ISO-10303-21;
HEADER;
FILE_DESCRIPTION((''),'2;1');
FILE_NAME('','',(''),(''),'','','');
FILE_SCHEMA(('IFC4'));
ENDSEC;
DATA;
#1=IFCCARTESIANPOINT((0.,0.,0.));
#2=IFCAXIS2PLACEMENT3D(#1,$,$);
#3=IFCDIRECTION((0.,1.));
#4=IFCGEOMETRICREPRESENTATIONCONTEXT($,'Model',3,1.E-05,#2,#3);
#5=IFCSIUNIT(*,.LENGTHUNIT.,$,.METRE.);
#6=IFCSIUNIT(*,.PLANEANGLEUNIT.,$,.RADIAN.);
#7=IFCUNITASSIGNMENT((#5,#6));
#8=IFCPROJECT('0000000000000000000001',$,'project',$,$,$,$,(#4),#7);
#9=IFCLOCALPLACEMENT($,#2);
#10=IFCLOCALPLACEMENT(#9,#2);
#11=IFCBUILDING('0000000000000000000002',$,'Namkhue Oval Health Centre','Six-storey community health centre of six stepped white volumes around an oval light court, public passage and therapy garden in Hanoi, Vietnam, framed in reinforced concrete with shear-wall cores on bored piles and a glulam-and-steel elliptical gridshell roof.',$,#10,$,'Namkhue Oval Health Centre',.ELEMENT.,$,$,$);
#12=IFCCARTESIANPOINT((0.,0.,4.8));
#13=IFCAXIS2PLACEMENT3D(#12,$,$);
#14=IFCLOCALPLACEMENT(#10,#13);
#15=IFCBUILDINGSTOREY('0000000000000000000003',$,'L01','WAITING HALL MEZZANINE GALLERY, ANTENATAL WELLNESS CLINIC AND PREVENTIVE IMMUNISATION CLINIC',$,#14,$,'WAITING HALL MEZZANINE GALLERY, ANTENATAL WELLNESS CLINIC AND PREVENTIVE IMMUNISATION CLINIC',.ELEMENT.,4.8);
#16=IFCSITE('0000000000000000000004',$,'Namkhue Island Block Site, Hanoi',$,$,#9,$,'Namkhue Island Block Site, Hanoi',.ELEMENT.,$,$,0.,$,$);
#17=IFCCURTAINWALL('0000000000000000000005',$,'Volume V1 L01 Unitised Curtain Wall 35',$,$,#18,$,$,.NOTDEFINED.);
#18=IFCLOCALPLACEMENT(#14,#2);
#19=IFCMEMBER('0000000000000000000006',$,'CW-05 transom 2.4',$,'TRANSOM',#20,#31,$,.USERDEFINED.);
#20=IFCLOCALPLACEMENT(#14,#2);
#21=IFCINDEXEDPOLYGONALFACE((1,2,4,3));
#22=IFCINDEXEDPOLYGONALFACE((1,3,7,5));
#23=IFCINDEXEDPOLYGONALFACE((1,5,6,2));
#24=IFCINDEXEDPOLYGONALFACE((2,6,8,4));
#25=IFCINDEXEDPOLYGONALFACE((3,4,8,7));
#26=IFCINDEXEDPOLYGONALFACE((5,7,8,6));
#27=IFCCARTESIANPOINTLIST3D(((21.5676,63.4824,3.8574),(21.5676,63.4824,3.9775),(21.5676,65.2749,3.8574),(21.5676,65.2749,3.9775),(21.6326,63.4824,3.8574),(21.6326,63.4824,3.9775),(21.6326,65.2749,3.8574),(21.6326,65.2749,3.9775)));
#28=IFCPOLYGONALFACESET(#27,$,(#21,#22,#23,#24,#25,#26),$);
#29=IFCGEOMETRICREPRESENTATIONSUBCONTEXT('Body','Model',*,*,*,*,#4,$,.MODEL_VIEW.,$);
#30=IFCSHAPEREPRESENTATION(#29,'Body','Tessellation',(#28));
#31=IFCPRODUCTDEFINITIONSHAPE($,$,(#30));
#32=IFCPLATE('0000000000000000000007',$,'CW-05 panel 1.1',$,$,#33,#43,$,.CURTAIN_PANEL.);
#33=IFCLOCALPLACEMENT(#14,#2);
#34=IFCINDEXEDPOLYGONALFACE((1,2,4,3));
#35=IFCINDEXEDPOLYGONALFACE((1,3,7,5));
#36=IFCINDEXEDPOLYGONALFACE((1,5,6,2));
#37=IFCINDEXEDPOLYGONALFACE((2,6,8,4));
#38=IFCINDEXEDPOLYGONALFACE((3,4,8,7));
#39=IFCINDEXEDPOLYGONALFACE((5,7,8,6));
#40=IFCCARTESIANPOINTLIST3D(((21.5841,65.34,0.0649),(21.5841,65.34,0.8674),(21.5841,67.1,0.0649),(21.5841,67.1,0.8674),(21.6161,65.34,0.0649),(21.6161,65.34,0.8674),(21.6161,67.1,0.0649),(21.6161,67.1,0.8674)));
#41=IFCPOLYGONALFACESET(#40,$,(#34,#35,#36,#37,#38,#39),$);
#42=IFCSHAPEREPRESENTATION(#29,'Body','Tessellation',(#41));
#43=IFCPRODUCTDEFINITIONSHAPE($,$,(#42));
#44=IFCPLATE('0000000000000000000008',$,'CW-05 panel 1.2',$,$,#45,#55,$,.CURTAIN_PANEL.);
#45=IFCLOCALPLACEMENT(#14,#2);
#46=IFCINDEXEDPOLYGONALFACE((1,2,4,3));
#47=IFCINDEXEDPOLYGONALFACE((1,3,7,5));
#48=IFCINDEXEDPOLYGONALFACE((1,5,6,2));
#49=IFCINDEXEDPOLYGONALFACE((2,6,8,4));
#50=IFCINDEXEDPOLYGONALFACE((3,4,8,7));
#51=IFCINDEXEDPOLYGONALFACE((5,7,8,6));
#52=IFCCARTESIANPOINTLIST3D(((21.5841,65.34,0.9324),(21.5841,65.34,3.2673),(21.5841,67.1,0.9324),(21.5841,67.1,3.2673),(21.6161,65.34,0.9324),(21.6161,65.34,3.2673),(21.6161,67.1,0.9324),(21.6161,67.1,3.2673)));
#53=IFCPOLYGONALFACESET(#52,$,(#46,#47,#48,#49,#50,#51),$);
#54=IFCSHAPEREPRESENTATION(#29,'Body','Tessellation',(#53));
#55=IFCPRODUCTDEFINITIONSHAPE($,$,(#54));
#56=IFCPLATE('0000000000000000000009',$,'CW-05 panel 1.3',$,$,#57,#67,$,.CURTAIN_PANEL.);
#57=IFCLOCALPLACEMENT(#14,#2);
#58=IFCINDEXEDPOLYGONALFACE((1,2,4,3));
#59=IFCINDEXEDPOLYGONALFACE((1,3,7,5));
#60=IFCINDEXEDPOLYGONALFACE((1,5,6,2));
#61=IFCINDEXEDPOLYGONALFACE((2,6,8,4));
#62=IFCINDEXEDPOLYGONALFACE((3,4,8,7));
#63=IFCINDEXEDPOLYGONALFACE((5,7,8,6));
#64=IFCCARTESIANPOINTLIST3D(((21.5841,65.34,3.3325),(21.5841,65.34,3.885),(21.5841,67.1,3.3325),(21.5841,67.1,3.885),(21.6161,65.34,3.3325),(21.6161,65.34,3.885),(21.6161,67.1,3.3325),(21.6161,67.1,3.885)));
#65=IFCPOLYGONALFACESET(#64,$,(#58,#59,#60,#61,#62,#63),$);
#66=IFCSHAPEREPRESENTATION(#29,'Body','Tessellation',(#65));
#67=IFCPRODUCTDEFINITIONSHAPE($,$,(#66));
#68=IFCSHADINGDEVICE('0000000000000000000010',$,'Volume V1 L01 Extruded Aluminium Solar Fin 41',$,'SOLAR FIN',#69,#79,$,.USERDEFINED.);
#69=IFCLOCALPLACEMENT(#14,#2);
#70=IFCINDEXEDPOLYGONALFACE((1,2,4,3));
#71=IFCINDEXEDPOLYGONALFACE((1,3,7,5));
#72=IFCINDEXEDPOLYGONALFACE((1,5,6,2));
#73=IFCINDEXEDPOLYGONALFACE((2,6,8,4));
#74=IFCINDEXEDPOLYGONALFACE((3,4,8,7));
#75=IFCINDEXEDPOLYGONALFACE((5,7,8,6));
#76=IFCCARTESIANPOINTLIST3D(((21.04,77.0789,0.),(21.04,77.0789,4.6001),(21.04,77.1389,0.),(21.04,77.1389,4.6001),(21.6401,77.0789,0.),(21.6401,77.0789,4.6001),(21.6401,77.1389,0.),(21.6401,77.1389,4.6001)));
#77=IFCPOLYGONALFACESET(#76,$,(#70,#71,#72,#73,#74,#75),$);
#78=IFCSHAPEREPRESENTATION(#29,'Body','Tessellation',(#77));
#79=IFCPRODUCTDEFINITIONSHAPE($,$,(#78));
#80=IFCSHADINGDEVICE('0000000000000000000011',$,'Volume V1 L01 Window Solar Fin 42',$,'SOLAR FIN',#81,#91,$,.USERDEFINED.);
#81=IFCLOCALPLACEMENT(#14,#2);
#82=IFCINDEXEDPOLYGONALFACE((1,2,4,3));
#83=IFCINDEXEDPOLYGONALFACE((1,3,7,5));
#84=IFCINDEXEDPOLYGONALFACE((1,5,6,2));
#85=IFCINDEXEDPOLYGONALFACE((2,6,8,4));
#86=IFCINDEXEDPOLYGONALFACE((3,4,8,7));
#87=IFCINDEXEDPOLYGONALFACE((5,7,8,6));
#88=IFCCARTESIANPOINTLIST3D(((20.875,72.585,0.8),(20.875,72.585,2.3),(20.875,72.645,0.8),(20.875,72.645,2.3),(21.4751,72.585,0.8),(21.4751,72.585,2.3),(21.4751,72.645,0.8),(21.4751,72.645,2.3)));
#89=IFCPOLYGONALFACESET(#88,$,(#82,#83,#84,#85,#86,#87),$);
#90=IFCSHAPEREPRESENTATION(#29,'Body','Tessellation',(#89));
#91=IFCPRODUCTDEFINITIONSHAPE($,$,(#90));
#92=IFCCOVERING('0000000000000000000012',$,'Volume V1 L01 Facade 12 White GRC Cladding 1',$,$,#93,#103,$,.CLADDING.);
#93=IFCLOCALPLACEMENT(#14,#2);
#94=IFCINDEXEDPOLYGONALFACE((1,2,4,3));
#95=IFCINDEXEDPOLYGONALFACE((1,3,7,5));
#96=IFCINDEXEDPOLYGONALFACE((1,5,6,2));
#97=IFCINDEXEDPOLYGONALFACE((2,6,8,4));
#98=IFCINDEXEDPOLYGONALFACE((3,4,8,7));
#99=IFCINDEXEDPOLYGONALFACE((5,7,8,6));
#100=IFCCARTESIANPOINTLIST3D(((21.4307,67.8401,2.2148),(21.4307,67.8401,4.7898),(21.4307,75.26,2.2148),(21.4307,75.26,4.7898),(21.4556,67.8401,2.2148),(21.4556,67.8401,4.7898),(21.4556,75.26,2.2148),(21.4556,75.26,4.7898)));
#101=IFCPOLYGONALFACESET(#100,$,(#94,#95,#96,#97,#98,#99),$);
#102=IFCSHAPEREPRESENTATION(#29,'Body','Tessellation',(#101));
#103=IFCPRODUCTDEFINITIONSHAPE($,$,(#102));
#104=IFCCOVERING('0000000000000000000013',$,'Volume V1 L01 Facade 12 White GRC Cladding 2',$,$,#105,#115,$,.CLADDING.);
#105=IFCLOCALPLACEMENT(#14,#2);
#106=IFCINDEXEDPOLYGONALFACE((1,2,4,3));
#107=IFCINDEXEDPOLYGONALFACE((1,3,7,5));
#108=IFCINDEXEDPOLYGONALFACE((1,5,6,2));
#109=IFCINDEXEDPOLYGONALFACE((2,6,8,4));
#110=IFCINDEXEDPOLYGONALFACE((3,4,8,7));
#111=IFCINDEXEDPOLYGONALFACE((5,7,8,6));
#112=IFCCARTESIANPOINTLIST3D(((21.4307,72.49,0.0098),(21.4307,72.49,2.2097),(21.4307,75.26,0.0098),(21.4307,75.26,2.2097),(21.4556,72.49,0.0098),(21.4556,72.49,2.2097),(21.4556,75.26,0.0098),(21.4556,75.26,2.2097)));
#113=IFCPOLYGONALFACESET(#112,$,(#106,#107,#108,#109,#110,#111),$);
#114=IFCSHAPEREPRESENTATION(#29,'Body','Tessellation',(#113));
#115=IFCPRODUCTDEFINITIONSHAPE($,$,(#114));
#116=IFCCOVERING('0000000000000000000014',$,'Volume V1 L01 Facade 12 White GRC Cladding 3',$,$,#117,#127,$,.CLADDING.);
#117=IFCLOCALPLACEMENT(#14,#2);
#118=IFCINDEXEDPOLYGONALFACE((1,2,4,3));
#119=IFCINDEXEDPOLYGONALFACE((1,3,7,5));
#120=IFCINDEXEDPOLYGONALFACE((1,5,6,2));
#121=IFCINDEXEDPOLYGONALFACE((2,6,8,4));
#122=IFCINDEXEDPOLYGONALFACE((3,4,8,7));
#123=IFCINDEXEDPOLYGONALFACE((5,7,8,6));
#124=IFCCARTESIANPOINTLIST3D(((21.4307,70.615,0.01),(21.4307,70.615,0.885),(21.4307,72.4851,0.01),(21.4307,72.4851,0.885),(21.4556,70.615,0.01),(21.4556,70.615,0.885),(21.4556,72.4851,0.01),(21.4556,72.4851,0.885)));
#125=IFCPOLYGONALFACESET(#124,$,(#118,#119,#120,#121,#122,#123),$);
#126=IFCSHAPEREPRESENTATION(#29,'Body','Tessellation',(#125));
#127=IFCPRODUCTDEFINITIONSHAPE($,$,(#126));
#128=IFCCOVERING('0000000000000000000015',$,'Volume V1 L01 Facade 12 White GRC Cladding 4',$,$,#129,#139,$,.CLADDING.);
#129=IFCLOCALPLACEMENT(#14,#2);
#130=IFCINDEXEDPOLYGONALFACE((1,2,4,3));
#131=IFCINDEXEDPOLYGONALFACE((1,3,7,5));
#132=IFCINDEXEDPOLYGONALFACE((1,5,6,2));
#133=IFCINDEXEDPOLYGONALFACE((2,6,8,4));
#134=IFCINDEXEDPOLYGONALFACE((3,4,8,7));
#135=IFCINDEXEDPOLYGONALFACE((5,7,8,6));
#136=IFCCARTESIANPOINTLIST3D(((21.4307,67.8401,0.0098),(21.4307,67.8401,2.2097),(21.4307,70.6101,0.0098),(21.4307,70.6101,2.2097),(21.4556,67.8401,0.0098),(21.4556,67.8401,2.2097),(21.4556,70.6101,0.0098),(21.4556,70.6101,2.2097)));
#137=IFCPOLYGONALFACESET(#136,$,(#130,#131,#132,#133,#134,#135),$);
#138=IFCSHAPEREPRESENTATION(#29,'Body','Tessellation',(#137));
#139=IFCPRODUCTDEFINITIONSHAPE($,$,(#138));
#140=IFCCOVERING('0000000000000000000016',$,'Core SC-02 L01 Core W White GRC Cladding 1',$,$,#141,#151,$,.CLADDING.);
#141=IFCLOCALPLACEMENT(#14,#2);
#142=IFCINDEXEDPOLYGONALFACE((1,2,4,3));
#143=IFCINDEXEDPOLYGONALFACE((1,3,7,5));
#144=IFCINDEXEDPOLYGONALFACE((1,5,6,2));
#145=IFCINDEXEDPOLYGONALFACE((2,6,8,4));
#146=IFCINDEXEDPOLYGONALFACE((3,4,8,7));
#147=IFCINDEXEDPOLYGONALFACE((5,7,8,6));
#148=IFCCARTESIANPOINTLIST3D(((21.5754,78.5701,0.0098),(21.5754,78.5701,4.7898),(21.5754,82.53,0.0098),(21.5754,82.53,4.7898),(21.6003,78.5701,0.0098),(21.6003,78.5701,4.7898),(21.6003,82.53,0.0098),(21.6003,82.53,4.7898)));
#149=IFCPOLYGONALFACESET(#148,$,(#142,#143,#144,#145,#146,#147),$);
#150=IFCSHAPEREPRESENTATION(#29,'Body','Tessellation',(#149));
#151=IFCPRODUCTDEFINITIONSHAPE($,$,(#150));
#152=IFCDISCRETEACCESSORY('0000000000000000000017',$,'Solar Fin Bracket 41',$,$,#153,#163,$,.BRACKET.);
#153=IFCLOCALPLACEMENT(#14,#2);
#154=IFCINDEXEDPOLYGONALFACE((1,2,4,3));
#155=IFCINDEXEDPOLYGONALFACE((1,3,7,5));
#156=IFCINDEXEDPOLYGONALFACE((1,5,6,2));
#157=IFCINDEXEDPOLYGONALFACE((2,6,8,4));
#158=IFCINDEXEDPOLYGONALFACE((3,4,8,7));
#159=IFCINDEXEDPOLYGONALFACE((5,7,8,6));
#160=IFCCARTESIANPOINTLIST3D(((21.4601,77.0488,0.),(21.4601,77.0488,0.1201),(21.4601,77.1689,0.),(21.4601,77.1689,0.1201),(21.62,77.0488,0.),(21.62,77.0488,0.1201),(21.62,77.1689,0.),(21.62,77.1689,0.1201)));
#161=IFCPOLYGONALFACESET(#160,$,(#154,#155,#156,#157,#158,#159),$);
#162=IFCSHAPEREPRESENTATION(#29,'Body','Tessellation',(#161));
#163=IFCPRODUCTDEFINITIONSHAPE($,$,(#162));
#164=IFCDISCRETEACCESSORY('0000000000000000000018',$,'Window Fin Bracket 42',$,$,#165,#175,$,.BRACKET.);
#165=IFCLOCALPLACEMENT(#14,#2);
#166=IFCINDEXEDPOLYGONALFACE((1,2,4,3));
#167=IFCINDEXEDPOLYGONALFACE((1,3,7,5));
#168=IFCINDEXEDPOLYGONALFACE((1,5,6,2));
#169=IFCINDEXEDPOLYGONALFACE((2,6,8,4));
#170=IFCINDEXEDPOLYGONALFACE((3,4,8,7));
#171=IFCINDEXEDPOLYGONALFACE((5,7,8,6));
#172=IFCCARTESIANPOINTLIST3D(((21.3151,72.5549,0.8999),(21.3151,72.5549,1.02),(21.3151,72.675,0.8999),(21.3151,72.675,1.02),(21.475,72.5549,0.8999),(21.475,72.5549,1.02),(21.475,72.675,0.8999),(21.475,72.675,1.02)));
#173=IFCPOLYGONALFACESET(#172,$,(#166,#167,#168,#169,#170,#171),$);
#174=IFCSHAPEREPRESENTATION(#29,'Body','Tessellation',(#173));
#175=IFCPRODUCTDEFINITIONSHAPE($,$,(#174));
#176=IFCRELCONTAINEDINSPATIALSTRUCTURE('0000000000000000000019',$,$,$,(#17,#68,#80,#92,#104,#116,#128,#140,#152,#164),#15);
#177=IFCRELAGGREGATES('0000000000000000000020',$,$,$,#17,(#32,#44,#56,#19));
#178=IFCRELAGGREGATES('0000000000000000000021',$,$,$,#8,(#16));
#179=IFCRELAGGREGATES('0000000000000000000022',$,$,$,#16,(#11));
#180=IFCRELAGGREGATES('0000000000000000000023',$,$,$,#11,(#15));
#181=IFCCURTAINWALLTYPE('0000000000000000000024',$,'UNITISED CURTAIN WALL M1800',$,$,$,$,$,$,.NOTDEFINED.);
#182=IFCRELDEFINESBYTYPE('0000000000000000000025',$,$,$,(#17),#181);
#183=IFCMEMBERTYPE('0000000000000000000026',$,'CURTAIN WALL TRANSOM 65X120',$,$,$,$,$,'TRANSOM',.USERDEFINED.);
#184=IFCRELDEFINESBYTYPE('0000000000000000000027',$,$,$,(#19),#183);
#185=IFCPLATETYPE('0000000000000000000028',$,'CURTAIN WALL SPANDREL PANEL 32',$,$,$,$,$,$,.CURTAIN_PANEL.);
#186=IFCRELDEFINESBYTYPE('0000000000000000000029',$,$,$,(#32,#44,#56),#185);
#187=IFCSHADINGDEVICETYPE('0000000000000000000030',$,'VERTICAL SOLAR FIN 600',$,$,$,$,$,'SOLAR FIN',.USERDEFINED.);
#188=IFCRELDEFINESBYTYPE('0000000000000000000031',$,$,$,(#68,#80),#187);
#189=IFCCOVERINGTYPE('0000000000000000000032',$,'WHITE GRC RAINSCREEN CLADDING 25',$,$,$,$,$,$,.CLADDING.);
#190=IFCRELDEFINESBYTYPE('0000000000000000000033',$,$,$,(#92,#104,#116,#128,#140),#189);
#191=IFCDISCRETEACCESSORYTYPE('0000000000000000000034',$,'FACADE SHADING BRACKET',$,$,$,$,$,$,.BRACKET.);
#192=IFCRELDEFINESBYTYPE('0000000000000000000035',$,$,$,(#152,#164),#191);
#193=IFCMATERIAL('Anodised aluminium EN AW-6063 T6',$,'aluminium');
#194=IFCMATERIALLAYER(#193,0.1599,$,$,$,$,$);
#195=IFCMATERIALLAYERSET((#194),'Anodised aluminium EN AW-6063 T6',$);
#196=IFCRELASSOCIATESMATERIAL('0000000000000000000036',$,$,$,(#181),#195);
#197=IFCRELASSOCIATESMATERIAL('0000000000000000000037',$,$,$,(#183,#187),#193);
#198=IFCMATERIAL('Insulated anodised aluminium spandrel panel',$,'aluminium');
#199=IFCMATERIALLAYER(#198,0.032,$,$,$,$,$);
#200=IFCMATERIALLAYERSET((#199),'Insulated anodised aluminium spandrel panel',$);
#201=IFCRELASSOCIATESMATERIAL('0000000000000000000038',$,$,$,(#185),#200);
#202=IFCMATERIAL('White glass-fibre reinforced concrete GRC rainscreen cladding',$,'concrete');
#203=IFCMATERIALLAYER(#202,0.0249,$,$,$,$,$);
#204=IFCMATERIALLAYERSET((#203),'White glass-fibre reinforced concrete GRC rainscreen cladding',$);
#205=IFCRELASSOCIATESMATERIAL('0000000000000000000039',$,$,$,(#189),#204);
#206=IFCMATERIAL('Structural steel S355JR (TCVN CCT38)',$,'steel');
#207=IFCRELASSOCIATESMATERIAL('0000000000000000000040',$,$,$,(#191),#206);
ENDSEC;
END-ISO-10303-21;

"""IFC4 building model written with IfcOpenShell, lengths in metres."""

from ifc_helpers import new_model, si_unit, direction, frame, origin, origin_2d, place, context, subcontext, project, spatial, rectangle, extrude, material, layer, layer_set, material_profile, profile_set, type_object, element, aggregate, save


model = new_model("IFC4")

# Units and contexts
model_context = context("Model", 3, precision=1e-05, world=origin(), true_north=direction((0.0, 1.0)))
body_context = subcontext(model_context, "Body", "Model", "MODEL_VIEW")
ifc_project = project(units=[si_unit("LENGTHUNIT", "METRE"), si_unit("PLANEANGLEUNIT", "RADIAN")], contexts=[model_context])

# Site, building, storey
site_placement = place(None, origin())
site = spatial("IfcSite", under=ifc_project, at=site_placement, Name="Namkhue Island Block Site, Hanoi", LongName="Namkhue Island Block Site, Hanoi", CompositionType="ELEMENT", RefElevation=0.0)
building_placement = place(site_placement, origin())
building = spatial("IfcBuilding", under=site, at=building_placement, Name="Namkhue Oval Health Centre", Description="Six-storey community health centre of six stepped white volumes around an oval light court, public passage and therapy garden in Hanoi, Vietnam, framed in reinforced concrete with shear-wall cores on bored piles and a glulam-and-steel elliptical gridshell roof.", LongName="Namkhue Oval Health Centre", CompositionType="ELEMENT")
storey_placement = place(building_placement, frame((0.0, 0.0, 4.8)))
storey = spatial("IfcBuildingStorey", under=building, at=storey_placement, Name="L01", Description="WAITING HALL MEZZANINE GALLERY, ANTENATAL WELLNESS CLINIC AND PREVENTIVE IMMUNISATION CLINIC", LongName="WAITING HALL MEZZANINE GALLERY, ANTENATAL WELLNESS CLINIC AND PREVENTIVE IMMUNISATION CLINIC", CompositionType="ELEMENT", Elevation=4.8)

# Curtain wall, member, plates
ifc_material_1 = material(Name="Anodised aluminium EN AW-6063 T6", Category="aluminium")
ifc_layer_1 = layer(ifc_material_1, 0.1599)
ifc_layer_set_1 = layer_set([ifc_layer_1], Name="Anodised aluminium EN AW-6063 T6")
curtain_wall_type = type_object("IfcCurtainWallType", Name="UNITISED CURTAIN WALL M1800", PredefinedType="NOTDEFINED", material=ifc_layer_set_1)
curtain_wall_placement = place(storey_placement, origin())
curtain_wall = element("IfcCurtainWall", 1, at=curtain_wall_placement, inside=storey, type_object=curtain_wall_type, Name="Volume V1 L01 Unitised Curtain Wall 35", PredefinedType="NOTDEFINED")
ifc_material_profile_1 = material_profile(ifc_material_1, rectangle(XDim=0.0649, YDim=0.1201, at=origin_2d()), Name="ALU 65x120")
ifc_profile_set_1 = profile_set([ifc_material_profile_1], Name="Anodised aluminium EN AW-6063 T6")
member_type_1 = type_object("IfcMemberType", Name="CURTAIN WALL TRANSOM 65X120", ElementType="TRANSOM", PredefinedType="USERDEFINED", material=ifc_profile_set_1)
member_1_placement = place(storey_placement, frame((21.6001, 65.2749, 3.9175), z_axis=(0.0, -1.0, 0.0), x_axis=(1.0, 0.0, 0.0)))
member_1 = element("IfcMember", 2, at=member_1_placement, type_object=member_type_1, Name="CW-05 transom 2.4", ObjectType="TRANSOM", PredefinedType="USERDEFINED", context=body_context, shape_type="SweptSolid", body=[
    extrude(rectangle(XDim=0.0649, YDim=0.1201, at=origin_2d()), origin(), (0.0, 0.0, 1.0), 1.7925),
])
ifc_material_2 = material(Name="Insulated anodised aluminium spandrel panel", Category="aluminium")
ifc_layer_2 = layer(ifc_material_2, 0.032)
ifc_layer_set_2 = layer_set([ifc_layer_2], Name="Insulated anodised aluminium spandrel panel")
plate_type = type_object("IfcPlateType", Name="CURTAIN WALL SPANDREL PANEL 32", PredefinedType="CURTAIN_PANEL", material=ifc_layer_set_2)
plate_1_placement = place(storey_placement, frame((21.6001, 66.22, 0.0649), z_axis=(0.0, 0.0, 1.0), x_axis=(0.0, -1.0, 0.0)))
plate_1 = element("IfcPlate", 3, at=plate_1_placement, type_object=plate_type, Name="CW-05 panel 1.1", PredefinedType="CURTAIN_PANEL", context=body_context, shape_type="SweptSolid", body=[
    extrude(rectangle(XDim=1.76, YDim=0.032, at=origin_2d()), origin(), (0.0, 0.0, 1.0), 0.8025),
])
plate_2_placement = place(storey_placement, frame((21.6001, 66.22, 0.9324), z_axis=(0.0, 0.0, 1.0), x_axis=(0.0, -1.0, 0.0)))
plate_2 = element("IfcPlate", 4, at=plate_2_placement, type_object=plate_type, Name="CW-05 panel 1.2", PredefinedType="CURTAIN_PANEL", context=body_context, shape_type="SweptSolid", body=[
    extrude(rectangle(XDim=1.76, YDim=0.032, at=origin_2d()), origin(), (0.0, 0.0, 1.0), 2.335),
])
plate_3_placement = place(storey_placement, frame((21.6001, 66.22, 3.3325), z_axis=(0.0, 0.0, 1.0), x_axis=(0.0, -1.0, 0.0)))
plate_3 = element("IfcPlate", 5, at=plate_3_placement, type_object=plate_type, Name="CW-05 panel 1.3", PredefinedType="CURTAIN_PANEL", context=body_context, shape_type="SweptSolid", body=[
    extrude(rectangle(XDim=1.76, YDim=0.032, at=origin_2d()), origin(), (0.0, 0.0, 1.0), 0.5525),
])
aggregate(curtain_wall, [plate_1, plate_2, plate_3, member_1])

# Shading devices
shading_device_type = type_object("IfcShadingDeviceType", Name="VERTICAL SOLAR FIN 600", ElementType="SOLAR FIN", PredefinedType="USERDEFINED", material=ifc_material_1)
shading_device_1_placement = place(storey_placement, frame((21.3401, 77.1089, 0.0), z_axis=(0.0, 0.0, 1.0), x_axis=(-1.0, 0.0, 0.0)))
element("IfcShadingDevice", 6, at=shading_device_1_placement, inside=storey, type_object=shading_device_type, Name="Volume V1 L01 Extruded Aluminium Solar Fin 41", ObjectType="SOLAR FIN", PredefinedType="USERDEFINED", context=body_context, shape_type="SweptSolid", body=[
    extrude(rectangle(XDim=0.6001, YDim=0.0601, at=origin_2d()), origin(), (0.0, 0.0, 1.0), 4.6001),
])
shading_device_2_placement = place(storey_placement, frame((21.175, 72.615, 0.8), z_axis=(0.0, 0.0, 1.0), x_axis=(-1.0, 0.0, 0.0)))
element("IfcShadingDevice", 7, at=shading_device_2_placement, inside=storey, type_object=shading_device_type, Name="Volume V1 L01 Window Solar Fin 42", ObjectType="SOLAR FIN", PredefinedType="USERDEFINED", context=body_context, shape_type="SweptSolid", body=[
    extrude(rectangle(XDim=0.6001, YDim=0.0601, at=origin_2d()), origin(), (0.0, 0.0, 1.0), 1.5),
])

# Coverings
ifc_material_3 = material(Name="White glass-fibre reinforced concrete GRC rainscreen cladding", Category="concrete")
ifc_layer_3 = layer(ifc_material_3, 0.0249)
ifc_layer_set_3 = layer_set([ifc_layer_3], Name="White glass-fibre reinforced concrete GRC rainscreen cladding")
covering_type = type_object("IfcCoveringType", Name="WHITE GRC RAINSCREEN CLADDING 25", PredefinedType="CLADDING", material=ifc_layer_set_3)
covering_1_placement = place(storey_placement, frame((21.4431, 71.55, 2.2148), z_axis=(0.0, 0.0, 1.0), x_axis=(0.0, -1.0, 0.0)))
element("IfcCovering", 8, at=covering_1_placement, inside=storey, type_object=covering_type, Name="Volume V1 L01 Facade 12 White GRC Cladding 1", PredefinedType="CLADDING", context=body_context, shape_type="SweptSolid", body=[
    extrude(rectangle(XDim=7.4199, YDim=0.0249, at=origin_2d()), origin(), (0.0, 0.0, 1.0), 2.575),
])
covering_2_placement = place(storey_placement, frame((21.4431, 73.875, 0.0098), z_axis=(0.0, 0.0, 1.0), x_axis=(0.0, -1.0, 0.0)))
element("IfcCovering", 9, at=covering_2_placement, inside=storey, type_object=covering_type, Name="Volume V1 L01 Facade 12 White GRC Cladding 2", PredefinedType="CLADDING", context=body_context, shape_type="SweptSolid", body=[
    extrude(rectangle(XDim=2.77, YDim=0.0249, at=origin_2d()), origin(), (0.0, 0.0, 1.0), 2.2),
])
covering_3_placement = place(storey_placement, frame((21.4431, 71.55, 0.01), z_axis=(0.0, 0.0, 1.0), x_axis=(0.0, -1.0, 0.0)))
element("IfcCovering", 10, at=covering_3_placement, inside=storey, type_object=covering_type, Name="Volume V1 L01 Facade 12 White GRC Cladding 3", PredefinedType="CLADDING", context=body_context, shape_type="SweptSolid", body=[
    extrude(rectangle(XDim=1.8701, YDim=0.0249, at=origin_2d()), origin(), (0.0, 0.0, 1.0), 0.875),
])
covering_4_placement = place(storey_placement, frame((21.4431, 69.2251, 0.0098), z_axis=(0.0, 0.0, 1.0), x_axis=(0.0, -1.0, 0.0)))
element("IfcCovering", 11, at=covering_4_placement, inside=storey, type_object=covering_type, Name="Volume V1 L01 Facade 12 White GRC Cladding 4", PredefinedType="CLADDING", context=body_context, shape_type="SweptSolid", body=[
    extrude(rectangle(XDim=2.77, YDim=0.0249, at=origin_2d()), origin(), (0.0, 0.0, 1.0), 2.2),
])
covering_5_placement = place(storey_placement, frame((21.5879, 80.55, 0.0098), z_axis=(0.0, 0.0, 1.0), x_axis=(0.0, -1.0, 0.0)))
element("IfcCovering", 12, at=covering_5_placement, inside=storey, type_object=covering_type, Name="Core SC-02 L01 Core W White GRC Cladding 1", PredefinedType="CLADDING", context=body_context, shape_type="SweptSolid", body=[
    extrude(rectangle(XDim=3.96, YDim=0.0249, at=origin_2d()), origin(), (0.0, 0.0, 1.0), 4.78),
])

# Discrete accessories
ifc_material_4 = material(Name="Structural steel S355JR (TCVN CCT38)", Category="steel")
discrete_accessory_type = type_object("IfcDiscreteAccessoryType", Name="FACADE SHADING BRACKET", PredefinedType="BRACKET", material=ifc_material_4)
for number, where, z_axis, x_axis, name in (
    (13, (21.54, 77.1089, 0.0), (0.0, 0.0, 1.0), (-1.0, 0.0, 0.0), "Solar Fin Bracket 41"),
    (14, (21.395, 72.615, 0.8999), (0.0, 0.0, 1.0), (-1.0, 0.0, 0.0), "Window Fin Bracket 42"),
):
    element("IfcDiscreteAccessory", number, at=place(storey_placement, frame(where, z_axis=z_axis, x_axis=x_axis)), inside=storey, type_object=discrete_accessory_type, Name=name, PredefinedType="BRACKET", context=body_context, shape_type="SweptSolid", body=[
        extrude(rectangle(XDim=0.1599, YDim=0.1201, at=origin_2d()), origin(), (0.0, 0.0, 1.0), 0.1201),
    ])

save(model, "model.ifc")
